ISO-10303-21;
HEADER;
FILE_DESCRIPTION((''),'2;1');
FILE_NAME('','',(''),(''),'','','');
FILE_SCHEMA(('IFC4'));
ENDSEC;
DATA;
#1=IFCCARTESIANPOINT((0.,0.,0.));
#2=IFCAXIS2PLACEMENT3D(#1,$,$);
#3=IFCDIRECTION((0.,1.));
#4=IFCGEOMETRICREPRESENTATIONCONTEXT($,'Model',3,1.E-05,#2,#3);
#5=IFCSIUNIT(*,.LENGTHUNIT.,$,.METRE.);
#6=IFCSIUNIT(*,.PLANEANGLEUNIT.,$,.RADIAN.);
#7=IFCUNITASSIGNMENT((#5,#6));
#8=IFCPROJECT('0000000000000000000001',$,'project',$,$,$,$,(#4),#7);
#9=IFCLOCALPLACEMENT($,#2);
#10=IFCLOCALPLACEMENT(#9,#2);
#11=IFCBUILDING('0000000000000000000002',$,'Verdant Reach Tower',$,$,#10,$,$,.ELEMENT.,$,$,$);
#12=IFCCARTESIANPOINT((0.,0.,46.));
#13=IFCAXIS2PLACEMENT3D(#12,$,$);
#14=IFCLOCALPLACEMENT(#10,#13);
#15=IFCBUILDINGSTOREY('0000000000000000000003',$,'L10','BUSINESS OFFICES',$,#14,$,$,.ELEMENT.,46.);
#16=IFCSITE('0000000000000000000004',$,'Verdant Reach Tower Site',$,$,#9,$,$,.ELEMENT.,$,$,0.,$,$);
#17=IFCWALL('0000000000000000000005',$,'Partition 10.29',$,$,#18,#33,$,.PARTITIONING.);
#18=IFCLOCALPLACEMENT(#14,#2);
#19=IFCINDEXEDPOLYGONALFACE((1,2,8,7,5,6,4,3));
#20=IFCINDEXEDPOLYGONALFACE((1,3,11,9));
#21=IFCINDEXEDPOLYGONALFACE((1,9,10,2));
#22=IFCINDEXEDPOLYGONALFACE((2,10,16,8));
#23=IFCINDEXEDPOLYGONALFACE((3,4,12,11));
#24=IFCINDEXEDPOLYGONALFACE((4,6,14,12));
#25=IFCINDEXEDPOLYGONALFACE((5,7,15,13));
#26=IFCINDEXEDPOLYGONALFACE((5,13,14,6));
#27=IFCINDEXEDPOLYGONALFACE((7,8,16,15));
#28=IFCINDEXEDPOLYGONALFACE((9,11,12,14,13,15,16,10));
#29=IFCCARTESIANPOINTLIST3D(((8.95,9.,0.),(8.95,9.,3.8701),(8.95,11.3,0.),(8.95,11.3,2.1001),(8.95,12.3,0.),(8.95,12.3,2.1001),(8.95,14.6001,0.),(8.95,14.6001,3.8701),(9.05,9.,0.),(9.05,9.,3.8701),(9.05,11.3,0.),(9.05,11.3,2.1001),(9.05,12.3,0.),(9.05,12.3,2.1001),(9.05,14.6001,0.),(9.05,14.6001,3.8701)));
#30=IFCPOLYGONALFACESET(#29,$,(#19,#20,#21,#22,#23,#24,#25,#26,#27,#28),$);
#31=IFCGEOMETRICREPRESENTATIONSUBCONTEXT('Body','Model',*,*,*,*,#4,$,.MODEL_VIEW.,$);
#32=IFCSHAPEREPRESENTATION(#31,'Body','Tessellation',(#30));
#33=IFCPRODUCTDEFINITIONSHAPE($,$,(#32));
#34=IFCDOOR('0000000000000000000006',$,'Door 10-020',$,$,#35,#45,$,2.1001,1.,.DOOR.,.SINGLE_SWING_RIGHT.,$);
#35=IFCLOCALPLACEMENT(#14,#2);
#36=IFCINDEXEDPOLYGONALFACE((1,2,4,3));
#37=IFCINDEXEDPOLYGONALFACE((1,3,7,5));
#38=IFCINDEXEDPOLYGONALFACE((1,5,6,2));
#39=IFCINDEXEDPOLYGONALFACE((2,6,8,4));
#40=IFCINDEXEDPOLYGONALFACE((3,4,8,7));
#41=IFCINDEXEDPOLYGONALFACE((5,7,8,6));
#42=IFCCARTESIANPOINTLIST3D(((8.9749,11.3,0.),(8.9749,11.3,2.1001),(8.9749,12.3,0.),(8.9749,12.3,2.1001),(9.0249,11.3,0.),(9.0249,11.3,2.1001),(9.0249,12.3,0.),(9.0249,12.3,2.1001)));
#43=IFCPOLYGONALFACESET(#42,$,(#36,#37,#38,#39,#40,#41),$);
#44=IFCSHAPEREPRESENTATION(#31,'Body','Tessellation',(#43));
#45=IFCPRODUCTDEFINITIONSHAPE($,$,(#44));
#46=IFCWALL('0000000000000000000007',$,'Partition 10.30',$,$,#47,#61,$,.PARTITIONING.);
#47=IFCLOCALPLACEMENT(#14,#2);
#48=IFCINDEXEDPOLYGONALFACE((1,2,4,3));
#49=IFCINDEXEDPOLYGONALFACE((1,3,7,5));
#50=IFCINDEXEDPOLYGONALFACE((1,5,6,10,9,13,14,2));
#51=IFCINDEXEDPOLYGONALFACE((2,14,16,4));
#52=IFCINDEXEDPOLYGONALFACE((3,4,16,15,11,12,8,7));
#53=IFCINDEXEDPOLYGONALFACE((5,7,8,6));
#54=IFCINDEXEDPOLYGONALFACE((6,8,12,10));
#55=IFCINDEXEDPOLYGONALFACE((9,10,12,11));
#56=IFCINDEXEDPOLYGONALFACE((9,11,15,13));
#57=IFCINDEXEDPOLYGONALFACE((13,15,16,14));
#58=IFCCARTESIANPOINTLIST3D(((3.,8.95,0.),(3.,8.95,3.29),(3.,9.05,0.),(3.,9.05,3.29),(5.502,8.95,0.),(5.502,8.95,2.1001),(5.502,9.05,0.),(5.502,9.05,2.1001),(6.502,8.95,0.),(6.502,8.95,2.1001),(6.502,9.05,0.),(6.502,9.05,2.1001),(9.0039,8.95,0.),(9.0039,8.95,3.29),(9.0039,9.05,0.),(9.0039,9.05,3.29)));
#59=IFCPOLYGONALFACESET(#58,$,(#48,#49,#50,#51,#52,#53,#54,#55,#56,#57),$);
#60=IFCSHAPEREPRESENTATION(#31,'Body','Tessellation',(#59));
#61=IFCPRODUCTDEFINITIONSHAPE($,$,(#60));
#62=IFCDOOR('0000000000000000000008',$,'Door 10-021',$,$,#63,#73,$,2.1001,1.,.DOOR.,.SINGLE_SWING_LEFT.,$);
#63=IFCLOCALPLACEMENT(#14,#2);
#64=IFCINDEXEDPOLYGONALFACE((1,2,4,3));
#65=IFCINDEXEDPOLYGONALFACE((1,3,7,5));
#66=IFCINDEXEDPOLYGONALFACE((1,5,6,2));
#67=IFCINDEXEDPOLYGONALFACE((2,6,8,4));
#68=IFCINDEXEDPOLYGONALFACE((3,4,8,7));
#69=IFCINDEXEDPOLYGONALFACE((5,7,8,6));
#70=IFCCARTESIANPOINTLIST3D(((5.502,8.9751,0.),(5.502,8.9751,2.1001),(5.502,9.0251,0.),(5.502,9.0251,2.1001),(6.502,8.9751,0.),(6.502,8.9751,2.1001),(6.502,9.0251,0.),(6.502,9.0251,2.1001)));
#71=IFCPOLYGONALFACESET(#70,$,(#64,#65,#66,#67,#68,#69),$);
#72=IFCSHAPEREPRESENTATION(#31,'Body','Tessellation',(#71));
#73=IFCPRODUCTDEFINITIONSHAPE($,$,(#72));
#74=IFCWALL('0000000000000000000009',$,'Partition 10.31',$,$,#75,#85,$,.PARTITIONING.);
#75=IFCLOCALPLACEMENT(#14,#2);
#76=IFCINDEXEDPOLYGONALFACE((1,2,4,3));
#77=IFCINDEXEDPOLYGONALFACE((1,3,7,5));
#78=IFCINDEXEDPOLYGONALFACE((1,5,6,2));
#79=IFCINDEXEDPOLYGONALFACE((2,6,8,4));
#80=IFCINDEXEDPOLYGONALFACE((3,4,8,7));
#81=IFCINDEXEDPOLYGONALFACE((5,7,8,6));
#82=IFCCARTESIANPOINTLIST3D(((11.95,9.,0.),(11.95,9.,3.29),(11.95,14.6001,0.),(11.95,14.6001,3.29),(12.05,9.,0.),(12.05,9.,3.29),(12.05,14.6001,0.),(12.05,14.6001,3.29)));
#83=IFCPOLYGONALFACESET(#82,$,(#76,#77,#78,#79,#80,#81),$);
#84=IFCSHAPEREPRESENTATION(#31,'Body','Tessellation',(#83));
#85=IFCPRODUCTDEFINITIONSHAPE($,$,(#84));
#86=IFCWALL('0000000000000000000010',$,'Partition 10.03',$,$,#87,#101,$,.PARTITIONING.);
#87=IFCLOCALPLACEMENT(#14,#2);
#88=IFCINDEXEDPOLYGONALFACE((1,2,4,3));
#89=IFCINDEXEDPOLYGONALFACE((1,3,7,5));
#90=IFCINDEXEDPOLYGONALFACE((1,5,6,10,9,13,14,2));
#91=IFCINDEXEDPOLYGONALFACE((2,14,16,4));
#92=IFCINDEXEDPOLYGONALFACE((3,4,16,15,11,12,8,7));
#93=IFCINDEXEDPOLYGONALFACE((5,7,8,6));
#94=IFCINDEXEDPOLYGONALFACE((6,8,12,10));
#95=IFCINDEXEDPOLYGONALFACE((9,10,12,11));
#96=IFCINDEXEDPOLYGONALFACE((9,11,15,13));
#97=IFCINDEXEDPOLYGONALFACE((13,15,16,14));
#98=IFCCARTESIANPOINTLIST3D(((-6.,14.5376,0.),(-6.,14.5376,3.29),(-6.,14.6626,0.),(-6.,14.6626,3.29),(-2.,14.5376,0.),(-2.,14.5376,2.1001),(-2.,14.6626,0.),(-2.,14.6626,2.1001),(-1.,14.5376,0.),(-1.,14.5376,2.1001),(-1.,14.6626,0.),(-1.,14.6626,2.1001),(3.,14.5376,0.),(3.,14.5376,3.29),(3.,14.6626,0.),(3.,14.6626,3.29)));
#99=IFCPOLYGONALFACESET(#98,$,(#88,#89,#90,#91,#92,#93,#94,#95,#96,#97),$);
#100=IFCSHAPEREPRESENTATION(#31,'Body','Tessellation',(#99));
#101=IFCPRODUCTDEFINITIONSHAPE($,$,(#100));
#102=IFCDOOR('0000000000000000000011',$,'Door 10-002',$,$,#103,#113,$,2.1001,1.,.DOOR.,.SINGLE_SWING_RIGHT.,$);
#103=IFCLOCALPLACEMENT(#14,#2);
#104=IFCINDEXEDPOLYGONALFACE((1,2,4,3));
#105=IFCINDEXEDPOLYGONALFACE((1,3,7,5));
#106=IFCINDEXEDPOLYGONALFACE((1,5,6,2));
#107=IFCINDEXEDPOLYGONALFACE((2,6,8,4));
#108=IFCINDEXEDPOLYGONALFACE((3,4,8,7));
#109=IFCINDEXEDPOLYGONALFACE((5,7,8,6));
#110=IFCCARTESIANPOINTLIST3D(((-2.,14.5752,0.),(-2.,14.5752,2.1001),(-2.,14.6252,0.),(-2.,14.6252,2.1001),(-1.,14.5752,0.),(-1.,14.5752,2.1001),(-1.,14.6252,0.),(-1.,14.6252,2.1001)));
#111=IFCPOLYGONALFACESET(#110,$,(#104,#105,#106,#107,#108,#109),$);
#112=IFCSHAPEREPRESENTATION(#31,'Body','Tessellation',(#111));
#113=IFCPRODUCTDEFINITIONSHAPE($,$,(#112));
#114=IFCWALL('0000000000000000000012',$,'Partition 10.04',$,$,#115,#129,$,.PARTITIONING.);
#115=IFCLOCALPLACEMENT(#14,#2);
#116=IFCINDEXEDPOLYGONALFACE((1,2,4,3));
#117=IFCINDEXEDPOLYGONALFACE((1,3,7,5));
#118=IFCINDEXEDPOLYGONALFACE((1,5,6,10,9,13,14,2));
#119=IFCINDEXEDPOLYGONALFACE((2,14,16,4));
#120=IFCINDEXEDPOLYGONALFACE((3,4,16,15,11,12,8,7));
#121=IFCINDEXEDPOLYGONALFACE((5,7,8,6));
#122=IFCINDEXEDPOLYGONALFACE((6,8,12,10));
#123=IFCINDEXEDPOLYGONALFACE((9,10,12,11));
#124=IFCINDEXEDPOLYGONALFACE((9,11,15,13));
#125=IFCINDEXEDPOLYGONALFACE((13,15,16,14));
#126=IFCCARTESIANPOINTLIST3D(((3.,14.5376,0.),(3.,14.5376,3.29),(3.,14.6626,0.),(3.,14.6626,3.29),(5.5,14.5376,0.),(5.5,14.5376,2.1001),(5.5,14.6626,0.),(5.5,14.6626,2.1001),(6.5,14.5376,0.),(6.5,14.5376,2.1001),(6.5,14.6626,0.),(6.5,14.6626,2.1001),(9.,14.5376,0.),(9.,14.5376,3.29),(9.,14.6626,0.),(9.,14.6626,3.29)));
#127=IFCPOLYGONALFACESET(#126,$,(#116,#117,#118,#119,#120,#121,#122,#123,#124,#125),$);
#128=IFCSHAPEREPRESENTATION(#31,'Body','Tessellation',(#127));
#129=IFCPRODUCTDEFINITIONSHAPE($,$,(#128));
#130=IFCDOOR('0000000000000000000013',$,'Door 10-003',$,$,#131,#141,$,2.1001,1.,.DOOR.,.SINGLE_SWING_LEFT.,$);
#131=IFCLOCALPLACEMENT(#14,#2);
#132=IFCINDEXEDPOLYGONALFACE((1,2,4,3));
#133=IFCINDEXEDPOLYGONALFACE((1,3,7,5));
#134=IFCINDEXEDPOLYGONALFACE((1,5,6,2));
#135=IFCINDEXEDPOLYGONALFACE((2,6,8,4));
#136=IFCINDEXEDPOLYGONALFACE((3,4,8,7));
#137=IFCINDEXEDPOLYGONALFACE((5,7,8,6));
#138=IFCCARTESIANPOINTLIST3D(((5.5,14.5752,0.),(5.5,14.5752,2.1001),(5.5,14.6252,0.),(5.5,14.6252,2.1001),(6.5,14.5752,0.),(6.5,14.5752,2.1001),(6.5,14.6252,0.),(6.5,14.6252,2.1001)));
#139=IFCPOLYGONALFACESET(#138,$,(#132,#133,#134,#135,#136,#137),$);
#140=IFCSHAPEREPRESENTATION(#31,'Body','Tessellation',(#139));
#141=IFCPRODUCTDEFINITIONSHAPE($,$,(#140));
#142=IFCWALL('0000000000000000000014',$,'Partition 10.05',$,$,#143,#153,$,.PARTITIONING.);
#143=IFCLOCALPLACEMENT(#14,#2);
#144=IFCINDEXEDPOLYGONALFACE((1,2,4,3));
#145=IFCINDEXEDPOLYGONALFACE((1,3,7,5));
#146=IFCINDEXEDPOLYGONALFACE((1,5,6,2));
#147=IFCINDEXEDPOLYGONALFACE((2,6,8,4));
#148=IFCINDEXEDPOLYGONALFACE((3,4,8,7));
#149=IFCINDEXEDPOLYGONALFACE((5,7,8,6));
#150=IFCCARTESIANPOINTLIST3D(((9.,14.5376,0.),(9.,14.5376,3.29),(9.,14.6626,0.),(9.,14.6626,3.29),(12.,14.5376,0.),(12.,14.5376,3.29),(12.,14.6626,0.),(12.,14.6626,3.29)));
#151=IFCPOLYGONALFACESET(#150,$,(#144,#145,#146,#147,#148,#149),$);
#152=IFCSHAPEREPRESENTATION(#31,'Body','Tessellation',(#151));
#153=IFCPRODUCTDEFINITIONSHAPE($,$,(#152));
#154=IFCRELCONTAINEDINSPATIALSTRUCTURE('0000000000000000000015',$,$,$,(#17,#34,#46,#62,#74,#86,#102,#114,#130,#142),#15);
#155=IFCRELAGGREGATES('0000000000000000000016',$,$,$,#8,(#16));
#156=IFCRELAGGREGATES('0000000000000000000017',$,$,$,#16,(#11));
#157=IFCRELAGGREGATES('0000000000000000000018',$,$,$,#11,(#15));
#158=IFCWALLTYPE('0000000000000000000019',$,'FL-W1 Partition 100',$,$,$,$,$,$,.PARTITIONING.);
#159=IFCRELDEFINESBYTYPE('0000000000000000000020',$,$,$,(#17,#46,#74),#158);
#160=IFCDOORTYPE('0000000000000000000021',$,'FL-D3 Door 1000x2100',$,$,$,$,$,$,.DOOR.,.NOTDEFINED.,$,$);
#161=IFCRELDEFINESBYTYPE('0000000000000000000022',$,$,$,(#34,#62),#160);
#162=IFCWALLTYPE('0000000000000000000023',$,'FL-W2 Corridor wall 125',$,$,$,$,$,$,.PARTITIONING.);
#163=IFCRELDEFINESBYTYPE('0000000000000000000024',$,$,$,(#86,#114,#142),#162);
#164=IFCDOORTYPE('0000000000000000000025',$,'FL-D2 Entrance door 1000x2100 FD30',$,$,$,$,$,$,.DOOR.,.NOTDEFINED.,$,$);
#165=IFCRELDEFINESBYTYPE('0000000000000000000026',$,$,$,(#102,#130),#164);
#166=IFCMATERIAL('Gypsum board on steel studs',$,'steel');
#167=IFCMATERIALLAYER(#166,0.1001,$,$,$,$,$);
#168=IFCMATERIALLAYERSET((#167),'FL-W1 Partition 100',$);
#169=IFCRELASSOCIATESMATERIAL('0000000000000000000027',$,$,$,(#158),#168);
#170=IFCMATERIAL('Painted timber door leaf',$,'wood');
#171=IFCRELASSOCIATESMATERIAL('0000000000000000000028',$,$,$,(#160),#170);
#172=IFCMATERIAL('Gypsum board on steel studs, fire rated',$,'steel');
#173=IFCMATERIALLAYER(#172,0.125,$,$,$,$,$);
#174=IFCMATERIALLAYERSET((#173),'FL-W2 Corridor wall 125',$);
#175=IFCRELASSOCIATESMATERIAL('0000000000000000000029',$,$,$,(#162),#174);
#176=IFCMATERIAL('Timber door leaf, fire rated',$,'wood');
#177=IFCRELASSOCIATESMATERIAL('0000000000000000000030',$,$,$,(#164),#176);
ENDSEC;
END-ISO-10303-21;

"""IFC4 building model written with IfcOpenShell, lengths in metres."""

from ifc_helpers import new_model, si_unit, direction, frame, frame_2d, origin, place, context, subcontext, project, spatial, rectangle, extrude, material, layer, layer_set, type_object, element, fill, save


model = new_model("IFC4")

# Units and contexts
model_context = context("Model", 3, precision=1e-05, world=origin(), true_north=direction((0.0, 1.0)))
body_context = subcontext(model_context, "Body", "Model", "MODEL_VIEW")
ifc_project = project(units=[si_unit("LENGTHUNIT", "METRE"), si_unit("PLANEANGLEUNIT", "RADIAN")], contexts=[model_context])

# Site, building, storey
site_placement = place(None, origin())
site = spatial("IfcSite", under=ifc_project, at=site_placement, Name="Verdant Reach Tower Site", CompositionType="ELEMENT", RefElevation=0.0)
building_placement = place(site_placement, origin())
building = spatial("IfcBuilding", under=site, at=building_placement, Name="Verdant Reach Tower", CompositionType="ELEMENT")
storey_placement = place(building_placement, frame((0.0, 0.0, 46.0)))
storey = spatial("IfcBuildingStorey", under=building, at=storey_placement, Name="L10", Description="BUSINESS OFFICES", CompositionType="ELEMENT", Elevation=46.0)

# Shared definitions
ifc_material_1 = material(Name="Gypsum board on steel studs", Category="steel")

# Walls, openings, doors
ifc_layer_1 = layer(ifc_material_1, 0.1001)
ifc_layer_set_1 = layer_set([ifc_layer_1], Name="FL-W1 Partition 100")
wall_type_1 = type_object("IfcWallType", Name="FL-W1 Partition 100", PredefinedType="PARTITIONING", material=ifc_layer_set_1)
wall_1_placement = place(storey_placement, frame((9.0, 14.6001, 0.0), z_axis=(0.0, 0.0, 1.0), x_axis=(0.0, -1.0, 0.0)))
wall_1 = element("IfcWall", 1, at=wall_1_placement, inside=storey, type_object=wall_type_1, Name="Partition 10.29", PredefinedType="PARTITIONING", context=body_context, shape_type="SweptSolid", body=[
    extrude(rectangle(XDim=5.6001, YDim=0.1001, at=frame_2d((2.8, 0.0))), origin(), (0.0, 0.0, 1.0), 3.8701),
])
opening_1_placement = place(wall_1_placement, frame((2.3, 0.0, 0.0)))
opening_1 = element("IfcOpeningElement", 2, at=opening_1_placement, cuts=wall_1, PredefinedType="OPENING", context=body_context, shape_type="SweptSolid", body=[
    extrude(rectangle(XDim=1.0, YDim=2.1001, at=frame_2d((0.5, 1.05))), frame((0.0, 0.0601, 0.0), z_axis=(0.0, -1.0, 0.0), x_axis=(1.0, 0.0, 0.0)), (0.0, 0.0, 1.0), 0.1201),
])
ifc_material_2 = material(Name="Painted timber door leaf", Category="wood")
door_type_1 = type_object("IfcDoorType", Name="FL-D3 Door 1000x2100", OperationType="NOTDEFINED", PredefinedType="DOOR", material=ifc_material_2)
door_1_placement = place(opening_1_placement, origin())
door_1 = element("IfcDoor", 3, at=door_1_placement, inside=storey, type_object=door_type_1, Name="Door 10-020", OperationType="SINGLE_SWING_RIGHT", OverallHeight=2.1001, OverallWidth=1.0, PredefinedType="DOOR", context=body_context, shape_type="SweptSolid", body=[
    extrude(rectangle(XDim=1.0, YDim=2.1001, at=frame_2d((0.5, 1.05))), frame((0.0, 0.0249, 0.0), z_axis=(0.0, -1.0, 0.0), x_axis=(1.0, 0.0, 0.0)), (0.0, 0.0, 1.0), 0.05),
])
fill(opening_1, door_1)
wall_2_placement = place(storey_placement, frame((9.0039, 9.0, 0.0), z_axis=(0.0, 0.0, 1.0), x_axis=(-1.0, 0.0, 0.0)))
wall_2 = element("IfcWall", 4, at=wall_2_placement, inside=storey, type_object=wall_type_1, Name="Partition 10.30", PredefinedType="PARTITIONING", context=body_context, shape_type="SweptSolid", body=[
    extrude(rectangle(XDim=6.0039, YDim=0.1001, at=frame_2d((3.002, 0.0))), origin(), (0.0, 0.0, 1.0), 3.29),
])
opening_2_placement = place(wall_2_placement, frame((2.502, 0.0, 0.0)))
opening_2 = element("IfcOpeningElement", 5, at=opening_2_placement, cuts=wall_2, PredefinedType="OPENING", context=body_context, shape_type="SweptSolid", body=[
    extrude(rectangle(XDim=1.0, YDim=2.1001, at=frame_2d((0.5, 1.05))), frame((0.0, 0.0601, 0.0), z_axis=(0.0, -1.0, 0.0), x_axis=(1.0, 0.0, 0.0)), (0.0, 0.0, 1.0), 0.1201),
])
door_2_placement = place(opening_2_placement, origin())
door_2 = element("IfcDoor", 6, at=door_2_placement, inside=storey, type_object=door_type_1, Name="Door 10-021", OperationType="SINGLE_SWING_LEFT", OverallHeight=2.1001, OverallWidth=1.0, PredefinedType="DOOR", context=body_context, shape_type="SweptSolid", body=[
    extrude(rectangle(XDim=1.0, YDim=2.1001, at=frame_2d((0.5, 1.05))), frame((0.0, 0.0249, 0.0), z_axis=(0.0, -1.0, 0.0), x_axis=(1.0, 0.0, 0.0)), (0.0, 0.0, 1.0), 0.05),
])
fill(opening_2, door_2)

# Wall
wall_3_placement = place(storey_placement, frame((12.0, 9.0, 0.0), z_axis=(0.0, 0.0, 1.0), x_axis=(0.0, 1.0, 0.0)))
element("IfcWall", 7, at=wall_3_placement, inside=storey, type_object=wall_type_1, Name="Partition 10.31", PredefinedType="PARTITIONING", context=body_context, shape_type="SweptSolid", body=[
    extrude(rectangle(XDim=5.6001, YDim=0.1001, at=frame_2d((2.8, 0.0))), origin(), (0.0, 0.0, 1.0), 3.29),
])

# Walls, openings, doors
ifc_material_3 = material(Name="Gypsum board on steel studs, fire rated", Category="steel")
ifc_layer_2 = layer(ifc_material_3, 0.125)
ifc_layer_set_2 = layer_set([ifc_layer_2], Name="FL-W2 Corridor wall 125")
wall_type_2 = type_object("IfcWallType", Name="FL-W2 Corridor wall 125", PredefinedType="PARTITIONING", material=ifc_layer_set_2)
wall_4_placement = place(storey_placement, frame((3.0, 14.6001, 0.0), z_axis=(0.0, 0.0, 1.0), x_axis=(-1.0, 0.0, 0.0)))
wall_4 = element("IfcWall", 8, at=wall_4_placement, inside=storey, type_object=wall_type_2, Name="Partition 10.03", PredefinedType="PARTITIONING", context=body_context, shape_type="SweptSolid", body=[
    extrude(rectangle(XDim=9.0, YDim=0.125, at=frame_2d((4.5, 0.0))), origin(), (0.0, 0.0, 1.0), 3.29),
])
opening_3_placement = place(wall_4_placement, frame((4.0, 0.0, 0.0)))
opening_3 = element("IfcOpeningElement", 9, at=opening_3_placement, cuts=wall_4, PredefinedType="OPENING", context=body_context, shape_type="SweptSolid", body=[
    extrude(rectangle(XDim=1.0, YDim=2.1001, at=frame_2d((0.5, 1.05))), frame((0.0, 0.0725, 0.0), z_axis=(0.0, -1.0, 0.0), x_axis=(1.0, 0.0, 0.0)), (0.0, 0.0, 1.0), 0.145),
])
ifc_material_4 = material(Name="Timber door leaf, fire rated", Category="wood")
door_type_2 = type_object("IfcDoorType", Name="FL-D2 Entrance door 1000x2100 FD30", OperationType="NOTDEFINED", PredefinedType="DOOR", material=ifc_material_4)
door_3_placement = place(opening_3_placement, origin())
door_3 = element("IfcDoor", 10, at=door_3_placement, inside=storey, type_object=door_type_2, Name="Door 10-002", OperationType="SINGLE_SWING_RIGHT", OverallHeight=2.1001, OverallWidth=1.0, PredefinedType="DOOR", context=body_context, shape_type="SweptSolid", body=[
    extrude(rectangle(XDim=1.0, YDim=2.1001, at=frame_2d((0.5, 1.05))), frame((0.0, 0.0249, 0.0), z_axis=(0.0, -1.0, 0.0), x_axis=(1.0, 0.0, 0.0)), (0.0, 0.0, 1.0), 0.05),
])
fill(opening_3, door_3)
wall_5_placement = place(storey_placement, frame((9.0, 14.6001, 0.0), z_axis=(0.0, 0.0, 1.0), x_axis=(-1.0, 0.0, 0.0)))
wall_5 = element("IfcWall", 11, at=wall_5_placement, inside=storey, type_object=wall_type_2, Name="Partition 10.04", PredefinedType="PARTITIONING", context=body_context, shape_type="SweptSolid", body=[
    extrude(rectangle(XDim=6.0, YDim=0.125, at=frame_2d((3.0, 0.0))), origin(), (0.0, 0.0, 1.0), 3.29),
])
opening_4_placement = place(wall_5_placement, frame((2.5, 0.0, 0.0)))
opening_4 = element("IfcOpeningElement", 12, at=opening_4_placement, cuts=wall_5, PredefinedType="OPENING", context=body_context, shape_type="SweptSolid", body=[
    extrude(rectangle(XDim=1.0, YDim=2.1001, at=frame_2d((0.5, 1.05))), frame((0.0, 0.0725, 0.0), z_axis=(0.0, -1.0, 0.0), x_axis=(1.0, 0.0, 0.0)), (0.0, 0.0, 1.0), 0.145),
])
door_4_placement = place(opening_4_placement, origin())
door_4 = element("IfcDoor", 13, at=door_4_placement, inside=storey, type_object=door_type_2, Name="Door 10-003", OperationType="SINGLE_SWING_LEFT", OverallHeight=2.1001, OverallWidth=1.0, PredefinedType="DOOR", context=body_context, shape_type="SweptSolid", body=[
    extrude(rectangle(XDim=1.0, YDim=2.1001, at=frame_2d((0.5, 1.05))), frame((0.0, 0.0249, 0.0), z_axis=(0.0, -1.0, 0.0), x_axis=(1.0, 0.0, 0.0)), (0.0, 0.0, 1.0), 0.05),
])
fill(opening_4, door_4)

# Wall
wall_6_placement = place(storey_placement, frame((9.0, 14.6001, 0.0), z_axis=(0.0, 0.0, 1.0), x_axis=(1.0, 0.0, 0.0)))
element("IfcWall", 14, at=wall_6_placement, inside=storey, type_object=wall_type_2, Name="Partition 10.05", PredefinedType="PARTITIONING", context=body_context, shape_type="SweptSolid", body=[
    extrude(rectangle(XDim=3.0, YDim=0.125, at=frame_2d((1.5, 0.0))), origin(), (0.0, 0.0, 1.0), 3.29),
])

save(model, "model.ifc")
